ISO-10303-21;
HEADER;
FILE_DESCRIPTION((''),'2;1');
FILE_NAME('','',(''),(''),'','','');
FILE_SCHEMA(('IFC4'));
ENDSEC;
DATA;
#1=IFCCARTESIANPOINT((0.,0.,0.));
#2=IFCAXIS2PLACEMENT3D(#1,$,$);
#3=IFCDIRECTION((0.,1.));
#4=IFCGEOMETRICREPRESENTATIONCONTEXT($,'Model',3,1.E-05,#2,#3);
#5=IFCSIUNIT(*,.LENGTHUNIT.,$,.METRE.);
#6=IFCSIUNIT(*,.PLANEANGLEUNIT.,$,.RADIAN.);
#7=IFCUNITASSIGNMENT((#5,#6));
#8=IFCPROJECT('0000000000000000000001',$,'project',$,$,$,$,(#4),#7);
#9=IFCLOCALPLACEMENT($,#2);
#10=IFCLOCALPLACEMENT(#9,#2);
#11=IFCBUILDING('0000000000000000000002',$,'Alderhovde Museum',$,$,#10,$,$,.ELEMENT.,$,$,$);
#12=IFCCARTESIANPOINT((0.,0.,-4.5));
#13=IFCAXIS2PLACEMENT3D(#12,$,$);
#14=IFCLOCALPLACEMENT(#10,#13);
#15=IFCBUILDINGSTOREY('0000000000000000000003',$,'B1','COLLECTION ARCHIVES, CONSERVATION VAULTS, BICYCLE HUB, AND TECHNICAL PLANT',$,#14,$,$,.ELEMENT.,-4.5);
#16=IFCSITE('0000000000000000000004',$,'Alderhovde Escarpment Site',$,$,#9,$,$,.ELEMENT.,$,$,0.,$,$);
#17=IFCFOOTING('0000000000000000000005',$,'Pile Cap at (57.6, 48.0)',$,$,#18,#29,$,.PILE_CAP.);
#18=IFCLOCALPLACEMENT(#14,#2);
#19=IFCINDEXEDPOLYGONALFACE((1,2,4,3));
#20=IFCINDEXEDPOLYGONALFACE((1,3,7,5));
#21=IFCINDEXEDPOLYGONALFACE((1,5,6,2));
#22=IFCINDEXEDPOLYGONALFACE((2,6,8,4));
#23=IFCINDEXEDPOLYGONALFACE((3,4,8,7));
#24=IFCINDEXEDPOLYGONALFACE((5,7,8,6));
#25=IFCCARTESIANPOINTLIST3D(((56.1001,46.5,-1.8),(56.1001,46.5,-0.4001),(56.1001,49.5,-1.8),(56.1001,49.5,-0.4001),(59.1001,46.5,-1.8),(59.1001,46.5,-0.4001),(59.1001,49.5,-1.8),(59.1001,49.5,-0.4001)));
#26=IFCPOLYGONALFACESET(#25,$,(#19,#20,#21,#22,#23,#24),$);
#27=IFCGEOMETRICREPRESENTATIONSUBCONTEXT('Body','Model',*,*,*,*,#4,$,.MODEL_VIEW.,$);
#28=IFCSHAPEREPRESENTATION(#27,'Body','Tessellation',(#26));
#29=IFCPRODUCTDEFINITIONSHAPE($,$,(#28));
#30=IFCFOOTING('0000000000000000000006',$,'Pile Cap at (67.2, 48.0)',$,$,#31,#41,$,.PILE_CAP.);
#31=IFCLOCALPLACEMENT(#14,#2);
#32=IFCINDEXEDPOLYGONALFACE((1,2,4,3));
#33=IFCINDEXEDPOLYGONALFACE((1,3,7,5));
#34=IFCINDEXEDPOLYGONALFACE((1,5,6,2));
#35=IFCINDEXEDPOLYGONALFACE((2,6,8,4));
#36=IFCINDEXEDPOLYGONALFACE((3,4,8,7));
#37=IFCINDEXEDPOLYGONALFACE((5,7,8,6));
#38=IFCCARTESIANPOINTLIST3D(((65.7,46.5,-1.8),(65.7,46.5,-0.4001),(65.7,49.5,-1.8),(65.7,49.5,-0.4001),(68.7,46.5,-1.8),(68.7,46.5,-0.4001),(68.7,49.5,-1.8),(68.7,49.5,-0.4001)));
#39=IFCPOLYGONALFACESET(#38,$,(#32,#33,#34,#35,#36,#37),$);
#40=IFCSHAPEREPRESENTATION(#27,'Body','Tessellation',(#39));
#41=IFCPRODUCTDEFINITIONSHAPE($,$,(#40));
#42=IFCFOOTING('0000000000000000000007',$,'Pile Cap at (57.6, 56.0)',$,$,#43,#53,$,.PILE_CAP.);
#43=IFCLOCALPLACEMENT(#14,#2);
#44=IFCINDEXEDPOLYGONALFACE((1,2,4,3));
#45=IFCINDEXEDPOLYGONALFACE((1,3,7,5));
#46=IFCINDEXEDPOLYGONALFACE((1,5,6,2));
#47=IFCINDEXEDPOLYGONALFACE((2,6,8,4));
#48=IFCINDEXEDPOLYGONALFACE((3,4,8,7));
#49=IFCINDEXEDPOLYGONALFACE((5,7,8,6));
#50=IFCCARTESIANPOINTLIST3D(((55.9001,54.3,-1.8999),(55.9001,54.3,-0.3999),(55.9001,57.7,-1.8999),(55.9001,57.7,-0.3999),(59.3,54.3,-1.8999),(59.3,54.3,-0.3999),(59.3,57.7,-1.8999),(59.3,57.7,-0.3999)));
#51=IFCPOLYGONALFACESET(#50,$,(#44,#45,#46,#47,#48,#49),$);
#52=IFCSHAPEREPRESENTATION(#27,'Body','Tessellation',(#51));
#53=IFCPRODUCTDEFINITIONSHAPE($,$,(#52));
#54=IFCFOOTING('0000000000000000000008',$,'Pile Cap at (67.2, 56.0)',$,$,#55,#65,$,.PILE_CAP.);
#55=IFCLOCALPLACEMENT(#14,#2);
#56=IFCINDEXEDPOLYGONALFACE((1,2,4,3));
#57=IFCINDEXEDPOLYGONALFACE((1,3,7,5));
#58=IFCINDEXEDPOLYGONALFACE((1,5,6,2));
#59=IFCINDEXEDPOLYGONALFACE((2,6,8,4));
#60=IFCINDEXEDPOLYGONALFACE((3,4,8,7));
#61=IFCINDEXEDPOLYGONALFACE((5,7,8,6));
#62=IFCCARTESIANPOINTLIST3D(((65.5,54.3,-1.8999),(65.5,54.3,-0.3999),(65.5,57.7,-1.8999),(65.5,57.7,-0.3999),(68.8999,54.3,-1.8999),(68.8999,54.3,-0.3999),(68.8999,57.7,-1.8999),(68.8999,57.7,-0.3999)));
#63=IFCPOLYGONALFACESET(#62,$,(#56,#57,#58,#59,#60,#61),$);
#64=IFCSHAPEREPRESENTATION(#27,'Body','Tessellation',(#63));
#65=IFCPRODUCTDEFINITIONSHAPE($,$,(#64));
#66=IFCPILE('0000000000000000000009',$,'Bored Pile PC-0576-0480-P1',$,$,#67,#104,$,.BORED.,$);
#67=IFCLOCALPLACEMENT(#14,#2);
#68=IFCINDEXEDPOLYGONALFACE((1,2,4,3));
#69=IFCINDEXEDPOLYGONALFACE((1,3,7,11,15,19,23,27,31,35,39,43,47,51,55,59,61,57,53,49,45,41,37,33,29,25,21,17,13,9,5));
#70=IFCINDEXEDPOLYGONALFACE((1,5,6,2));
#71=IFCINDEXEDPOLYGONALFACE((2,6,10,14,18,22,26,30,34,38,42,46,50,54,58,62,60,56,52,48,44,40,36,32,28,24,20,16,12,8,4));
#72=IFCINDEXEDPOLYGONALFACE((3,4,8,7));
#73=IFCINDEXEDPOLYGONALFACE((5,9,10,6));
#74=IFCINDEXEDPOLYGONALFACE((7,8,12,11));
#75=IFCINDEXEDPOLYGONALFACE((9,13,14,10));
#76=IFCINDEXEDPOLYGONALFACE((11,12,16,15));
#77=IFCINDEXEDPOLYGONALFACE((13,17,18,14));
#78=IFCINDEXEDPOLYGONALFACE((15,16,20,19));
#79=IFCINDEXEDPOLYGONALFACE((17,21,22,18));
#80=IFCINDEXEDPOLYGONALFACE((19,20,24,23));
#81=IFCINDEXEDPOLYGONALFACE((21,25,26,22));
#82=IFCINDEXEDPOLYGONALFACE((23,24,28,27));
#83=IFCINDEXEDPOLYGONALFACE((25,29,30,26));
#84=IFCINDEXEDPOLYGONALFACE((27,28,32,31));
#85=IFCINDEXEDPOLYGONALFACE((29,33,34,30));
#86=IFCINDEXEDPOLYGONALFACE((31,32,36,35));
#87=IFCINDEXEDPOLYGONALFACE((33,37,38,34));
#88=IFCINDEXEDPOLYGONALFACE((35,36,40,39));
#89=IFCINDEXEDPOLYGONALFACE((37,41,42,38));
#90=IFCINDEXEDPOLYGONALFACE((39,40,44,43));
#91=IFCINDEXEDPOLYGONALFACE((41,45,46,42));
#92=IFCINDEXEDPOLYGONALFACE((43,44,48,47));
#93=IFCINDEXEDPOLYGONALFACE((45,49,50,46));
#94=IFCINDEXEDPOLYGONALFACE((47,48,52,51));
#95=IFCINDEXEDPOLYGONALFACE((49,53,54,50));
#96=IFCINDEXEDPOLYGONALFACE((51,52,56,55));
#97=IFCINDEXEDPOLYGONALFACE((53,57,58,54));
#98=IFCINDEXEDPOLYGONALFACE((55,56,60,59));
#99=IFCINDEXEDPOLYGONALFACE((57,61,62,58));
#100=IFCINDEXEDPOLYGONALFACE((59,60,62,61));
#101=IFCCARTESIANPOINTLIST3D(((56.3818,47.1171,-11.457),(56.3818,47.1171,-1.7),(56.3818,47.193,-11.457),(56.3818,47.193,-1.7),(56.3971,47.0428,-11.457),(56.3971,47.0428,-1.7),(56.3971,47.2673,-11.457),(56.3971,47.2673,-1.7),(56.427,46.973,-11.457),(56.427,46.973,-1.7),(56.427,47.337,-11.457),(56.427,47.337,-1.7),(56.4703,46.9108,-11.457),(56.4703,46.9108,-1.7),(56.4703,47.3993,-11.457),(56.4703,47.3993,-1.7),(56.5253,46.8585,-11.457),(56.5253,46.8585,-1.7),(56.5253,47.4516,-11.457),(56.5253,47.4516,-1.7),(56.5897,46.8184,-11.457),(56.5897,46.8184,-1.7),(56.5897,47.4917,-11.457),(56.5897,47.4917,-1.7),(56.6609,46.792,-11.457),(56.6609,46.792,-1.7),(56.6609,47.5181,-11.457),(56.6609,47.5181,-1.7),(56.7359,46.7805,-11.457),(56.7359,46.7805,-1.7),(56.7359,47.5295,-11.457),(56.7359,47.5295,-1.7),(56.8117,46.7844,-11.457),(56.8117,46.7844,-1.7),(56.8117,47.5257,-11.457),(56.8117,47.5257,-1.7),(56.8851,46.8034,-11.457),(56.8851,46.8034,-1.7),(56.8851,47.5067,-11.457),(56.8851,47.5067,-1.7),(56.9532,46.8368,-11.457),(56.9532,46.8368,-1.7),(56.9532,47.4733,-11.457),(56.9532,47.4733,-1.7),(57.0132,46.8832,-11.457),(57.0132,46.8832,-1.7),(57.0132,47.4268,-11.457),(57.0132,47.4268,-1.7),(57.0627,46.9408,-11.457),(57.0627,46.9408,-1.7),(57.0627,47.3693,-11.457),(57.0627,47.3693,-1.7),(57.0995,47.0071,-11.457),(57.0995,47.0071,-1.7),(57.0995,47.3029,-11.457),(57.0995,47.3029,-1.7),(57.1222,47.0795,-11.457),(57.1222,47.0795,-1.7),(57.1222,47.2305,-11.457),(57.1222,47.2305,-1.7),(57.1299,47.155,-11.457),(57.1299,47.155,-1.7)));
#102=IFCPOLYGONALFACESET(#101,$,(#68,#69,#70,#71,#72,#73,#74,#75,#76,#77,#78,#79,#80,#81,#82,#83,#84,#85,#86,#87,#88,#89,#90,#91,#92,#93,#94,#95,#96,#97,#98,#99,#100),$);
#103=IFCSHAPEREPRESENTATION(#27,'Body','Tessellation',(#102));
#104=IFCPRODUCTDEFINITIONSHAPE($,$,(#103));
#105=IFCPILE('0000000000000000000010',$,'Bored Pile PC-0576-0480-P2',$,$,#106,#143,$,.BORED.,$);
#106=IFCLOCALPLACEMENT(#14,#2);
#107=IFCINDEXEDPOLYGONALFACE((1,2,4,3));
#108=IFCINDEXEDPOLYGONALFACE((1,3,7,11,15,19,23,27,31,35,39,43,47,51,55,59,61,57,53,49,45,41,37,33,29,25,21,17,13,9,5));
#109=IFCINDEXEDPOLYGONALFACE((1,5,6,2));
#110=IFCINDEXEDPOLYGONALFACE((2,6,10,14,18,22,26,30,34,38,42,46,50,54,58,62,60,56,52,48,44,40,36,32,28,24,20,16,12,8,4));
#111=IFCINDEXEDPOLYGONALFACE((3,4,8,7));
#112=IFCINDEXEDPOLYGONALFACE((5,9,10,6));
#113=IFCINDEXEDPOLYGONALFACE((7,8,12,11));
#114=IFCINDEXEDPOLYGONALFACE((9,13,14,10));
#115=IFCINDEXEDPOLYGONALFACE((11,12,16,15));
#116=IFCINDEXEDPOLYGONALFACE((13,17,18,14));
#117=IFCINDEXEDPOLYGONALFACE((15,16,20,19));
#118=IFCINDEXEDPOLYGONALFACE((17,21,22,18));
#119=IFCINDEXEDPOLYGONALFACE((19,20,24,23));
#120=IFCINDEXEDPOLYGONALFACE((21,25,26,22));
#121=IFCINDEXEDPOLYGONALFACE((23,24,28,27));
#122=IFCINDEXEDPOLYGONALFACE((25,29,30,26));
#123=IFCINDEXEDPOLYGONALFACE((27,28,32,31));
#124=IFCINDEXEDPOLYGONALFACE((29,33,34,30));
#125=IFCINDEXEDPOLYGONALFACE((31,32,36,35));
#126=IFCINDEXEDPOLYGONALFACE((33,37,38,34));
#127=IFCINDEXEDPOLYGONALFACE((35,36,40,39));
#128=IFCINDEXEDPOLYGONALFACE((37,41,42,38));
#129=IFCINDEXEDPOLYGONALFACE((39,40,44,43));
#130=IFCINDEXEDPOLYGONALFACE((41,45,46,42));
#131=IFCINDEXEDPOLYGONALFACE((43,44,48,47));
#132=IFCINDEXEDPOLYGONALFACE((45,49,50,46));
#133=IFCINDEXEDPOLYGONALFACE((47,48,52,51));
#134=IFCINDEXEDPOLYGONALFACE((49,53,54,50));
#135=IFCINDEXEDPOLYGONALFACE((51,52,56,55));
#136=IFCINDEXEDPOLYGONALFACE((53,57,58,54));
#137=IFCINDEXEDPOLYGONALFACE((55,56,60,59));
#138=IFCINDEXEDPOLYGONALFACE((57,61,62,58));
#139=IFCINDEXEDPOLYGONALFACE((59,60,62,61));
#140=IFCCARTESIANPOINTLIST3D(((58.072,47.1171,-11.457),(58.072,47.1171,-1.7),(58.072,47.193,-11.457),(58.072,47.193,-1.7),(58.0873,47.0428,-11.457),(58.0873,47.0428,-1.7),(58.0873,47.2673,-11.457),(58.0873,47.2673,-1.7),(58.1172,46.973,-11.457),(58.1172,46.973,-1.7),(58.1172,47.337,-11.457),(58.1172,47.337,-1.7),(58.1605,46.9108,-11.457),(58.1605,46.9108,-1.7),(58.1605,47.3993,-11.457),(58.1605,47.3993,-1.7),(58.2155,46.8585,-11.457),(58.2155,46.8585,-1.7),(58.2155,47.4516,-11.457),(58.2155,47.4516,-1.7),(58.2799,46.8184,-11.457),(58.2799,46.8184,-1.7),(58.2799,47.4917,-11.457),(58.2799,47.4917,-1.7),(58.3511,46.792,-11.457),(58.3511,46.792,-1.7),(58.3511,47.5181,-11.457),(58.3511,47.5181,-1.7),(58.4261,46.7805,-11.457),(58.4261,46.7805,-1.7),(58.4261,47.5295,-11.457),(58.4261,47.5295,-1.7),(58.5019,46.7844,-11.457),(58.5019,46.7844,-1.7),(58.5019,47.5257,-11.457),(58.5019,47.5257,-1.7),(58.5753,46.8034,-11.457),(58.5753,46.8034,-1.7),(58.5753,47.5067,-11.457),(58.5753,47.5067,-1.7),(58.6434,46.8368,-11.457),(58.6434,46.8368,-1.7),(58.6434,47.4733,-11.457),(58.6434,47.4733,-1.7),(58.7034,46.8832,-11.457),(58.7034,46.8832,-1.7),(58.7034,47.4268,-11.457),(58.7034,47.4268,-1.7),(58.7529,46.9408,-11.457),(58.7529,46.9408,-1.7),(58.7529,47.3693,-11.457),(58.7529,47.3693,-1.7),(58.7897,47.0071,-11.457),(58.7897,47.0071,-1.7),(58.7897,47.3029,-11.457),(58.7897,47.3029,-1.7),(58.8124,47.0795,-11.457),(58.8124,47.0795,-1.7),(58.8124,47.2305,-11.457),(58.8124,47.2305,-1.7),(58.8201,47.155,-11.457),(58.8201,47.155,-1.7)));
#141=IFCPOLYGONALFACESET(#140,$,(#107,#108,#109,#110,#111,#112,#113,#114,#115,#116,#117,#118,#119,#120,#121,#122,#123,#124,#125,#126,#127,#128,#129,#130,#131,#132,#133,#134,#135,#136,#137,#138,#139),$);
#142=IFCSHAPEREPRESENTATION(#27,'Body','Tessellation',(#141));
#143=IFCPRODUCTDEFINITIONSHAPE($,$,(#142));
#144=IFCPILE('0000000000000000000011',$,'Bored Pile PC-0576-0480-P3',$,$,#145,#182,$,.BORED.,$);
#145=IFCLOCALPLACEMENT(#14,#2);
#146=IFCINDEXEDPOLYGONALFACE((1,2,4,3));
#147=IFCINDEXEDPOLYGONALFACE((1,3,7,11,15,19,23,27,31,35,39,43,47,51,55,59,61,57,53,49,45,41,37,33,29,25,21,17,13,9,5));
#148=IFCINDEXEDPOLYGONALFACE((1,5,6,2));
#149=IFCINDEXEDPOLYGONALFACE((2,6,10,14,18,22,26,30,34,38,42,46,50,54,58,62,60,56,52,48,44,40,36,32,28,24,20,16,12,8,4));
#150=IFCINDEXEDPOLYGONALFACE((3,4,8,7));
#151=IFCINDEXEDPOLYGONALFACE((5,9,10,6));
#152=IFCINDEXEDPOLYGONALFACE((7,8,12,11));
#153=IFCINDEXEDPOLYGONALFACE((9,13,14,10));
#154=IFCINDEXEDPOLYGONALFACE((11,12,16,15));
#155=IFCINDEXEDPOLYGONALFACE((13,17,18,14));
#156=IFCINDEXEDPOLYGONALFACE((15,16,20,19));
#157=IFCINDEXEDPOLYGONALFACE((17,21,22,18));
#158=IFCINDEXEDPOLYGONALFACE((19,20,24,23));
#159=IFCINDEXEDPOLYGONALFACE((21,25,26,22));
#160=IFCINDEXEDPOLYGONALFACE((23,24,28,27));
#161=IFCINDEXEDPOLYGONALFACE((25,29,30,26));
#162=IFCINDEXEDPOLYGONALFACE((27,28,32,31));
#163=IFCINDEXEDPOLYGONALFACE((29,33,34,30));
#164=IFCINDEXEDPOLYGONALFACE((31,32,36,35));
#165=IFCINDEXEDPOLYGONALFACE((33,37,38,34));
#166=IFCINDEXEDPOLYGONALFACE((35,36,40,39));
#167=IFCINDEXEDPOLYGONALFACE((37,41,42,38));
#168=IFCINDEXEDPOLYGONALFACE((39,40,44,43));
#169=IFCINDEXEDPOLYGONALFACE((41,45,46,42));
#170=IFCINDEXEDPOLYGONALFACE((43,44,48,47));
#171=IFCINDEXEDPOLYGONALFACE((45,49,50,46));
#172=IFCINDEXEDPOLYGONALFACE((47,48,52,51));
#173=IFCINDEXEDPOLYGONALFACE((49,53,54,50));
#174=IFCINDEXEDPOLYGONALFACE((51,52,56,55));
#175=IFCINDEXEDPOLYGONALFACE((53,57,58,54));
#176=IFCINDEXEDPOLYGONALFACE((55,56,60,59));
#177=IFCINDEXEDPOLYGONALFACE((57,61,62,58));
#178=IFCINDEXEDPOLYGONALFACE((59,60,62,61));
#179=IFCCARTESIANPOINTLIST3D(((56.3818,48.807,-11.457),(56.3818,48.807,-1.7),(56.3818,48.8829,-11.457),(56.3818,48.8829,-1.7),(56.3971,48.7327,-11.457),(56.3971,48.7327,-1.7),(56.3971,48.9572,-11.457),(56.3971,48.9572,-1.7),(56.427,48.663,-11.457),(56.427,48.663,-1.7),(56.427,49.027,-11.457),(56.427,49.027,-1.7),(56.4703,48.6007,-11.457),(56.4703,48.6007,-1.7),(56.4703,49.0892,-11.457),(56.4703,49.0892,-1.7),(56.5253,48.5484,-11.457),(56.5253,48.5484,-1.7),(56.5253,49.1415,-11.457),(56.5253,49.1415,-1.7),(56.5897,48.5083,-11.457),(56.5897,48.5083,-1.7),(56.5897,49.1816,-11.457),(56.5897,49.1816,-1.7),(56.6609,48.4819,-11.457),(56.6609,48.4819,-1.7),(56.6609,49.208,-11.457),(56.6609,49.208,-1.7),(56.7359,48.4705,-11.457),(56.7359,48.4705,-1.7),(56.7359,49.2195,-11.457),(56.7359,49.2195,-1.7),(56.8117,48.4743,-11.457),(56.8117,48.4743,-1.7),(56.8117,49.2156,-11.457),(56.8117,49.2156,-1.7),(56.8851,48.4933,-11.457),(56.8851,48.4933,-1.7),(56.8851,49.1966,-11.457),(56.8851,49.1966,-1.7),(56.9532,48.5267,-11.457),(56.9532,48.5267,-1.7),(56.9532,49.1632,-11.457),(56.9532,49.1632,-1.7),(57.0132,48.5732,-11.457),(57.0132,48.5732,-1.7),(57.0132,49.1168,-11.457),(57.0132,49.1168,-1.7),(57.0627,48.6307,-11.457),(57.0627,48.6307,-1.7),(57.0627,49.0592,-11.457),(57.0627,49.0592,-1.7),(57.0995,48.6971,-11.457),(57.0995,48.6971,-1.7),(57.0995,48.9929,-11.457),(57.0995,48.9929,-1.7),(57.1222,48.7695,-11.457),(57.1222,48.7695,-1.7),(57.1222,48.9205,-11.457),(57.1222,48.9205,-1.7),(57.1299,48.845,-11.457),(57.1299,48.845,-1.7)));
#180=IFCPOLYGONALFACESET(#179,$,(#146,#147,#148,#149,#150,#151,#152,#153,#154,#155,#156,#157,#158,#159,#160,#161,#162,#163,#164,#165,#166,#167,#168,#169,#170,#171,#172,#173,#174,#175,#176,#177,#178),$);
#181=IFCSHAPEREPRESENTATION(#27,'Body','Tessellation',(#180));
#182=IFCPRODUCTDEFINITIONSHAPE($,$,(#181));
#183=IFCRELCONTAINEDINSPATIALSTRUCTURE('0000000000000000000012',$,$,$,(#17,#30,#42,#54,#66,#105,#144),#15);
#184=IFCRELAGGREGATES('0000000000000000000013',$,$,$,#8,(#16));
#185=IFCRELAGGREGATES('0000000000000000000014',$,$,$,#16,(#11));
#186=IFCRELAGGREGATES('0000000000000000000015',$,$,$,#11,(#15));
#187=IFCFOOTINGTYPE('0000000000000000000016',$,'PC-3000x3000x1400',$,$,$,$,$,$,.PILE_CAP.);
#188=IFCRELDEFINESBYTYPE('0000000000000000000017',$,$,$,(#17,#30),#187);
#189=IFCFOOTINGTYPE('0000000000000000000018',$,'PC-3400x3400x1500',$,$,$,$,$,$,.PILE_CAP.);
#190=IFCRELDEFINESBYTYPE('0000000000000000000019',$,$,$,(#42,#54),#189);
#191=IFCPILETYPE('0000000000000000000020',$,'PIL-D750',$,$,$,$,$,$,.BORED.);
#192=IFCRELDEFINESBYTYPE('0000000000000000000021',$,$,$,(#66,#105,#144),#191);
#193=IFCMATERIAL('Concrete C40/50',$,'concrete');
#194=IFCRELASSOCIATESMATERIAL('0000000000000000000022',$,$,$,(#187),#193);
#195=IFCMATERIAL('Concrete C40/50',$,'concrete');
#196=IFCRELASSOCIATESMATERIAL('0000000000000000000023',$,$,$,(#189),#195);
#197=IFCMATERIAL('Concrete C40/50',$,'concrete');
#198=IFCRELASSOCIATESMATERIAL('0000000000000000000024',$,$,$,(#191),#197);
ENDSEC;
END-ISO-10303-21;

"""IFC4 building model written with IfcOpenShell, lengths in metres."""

from ifc_helpers import new_model, si_unit, direction, frame, origin, origin_2d, place, context, subcontext, project, spatial, rectangle, circle, extrude, material, material_profile, profile_set, type_object, element, save


model = new_model("IFC4")

# Units and contexts
model_context = context("Model", 3, precision=1e-05, world=origin(), true_north=direction((0.0, 1.0)))
body_context = subcontext(model_context, "Body", "Model", "MODEL_VIEW")
ifc_project = project(units=[si_unit("LENGTHUNIT", "METRE"), si_unit("PLANEANGLEUNIT", "RADIAN")], contexts=[model_context])

# Site, building, storey
site_placement = place(None, origin())
site = spatial("IfcSite", under=ifc_project, at=site_placement, Name="Alderhovde Escarpment Site", CompositionType="ELEMENT", RefElevation=0.0)
building_placement = place(site_placement, origin())
building = spatial("IfcBuilding", under=site, at=building_placement, Name="Alderhovde Museum", CompositionType="ELEMENT")
storey_placement = place(building_placement, frame((0.0, 0.0, -4.5)))
storey = spatial("IfcBuildingStorey", under=building, at=storey_placement, Name="B1", Description="COLLECTION ARCHIVES, CONSERVATION VAULTS, BICYCLE HUB, AND TECHNICAL PLANT", CompositionType="ELEMENT", Elevation=-4.5)

# Footings
ifc_material_1 = material(Name="Concrete C40/50", Category="concrete")
footing_type_1 = type_object("IfcFootingType", Name="PC-3000x3000x1400", PredefinedType="PILE_CAP", material=ifc_material_1)
for number, where, z_axis, x_axis, name in (
    (1, (57.6001, 48.0, -1.8), (0.0, 0.0, 1.0), (1.0, 0.0, 0.0), "Pile Cap at (57.6, 48.0)"),
    (2, (67.2, 48.0, -1.8), (0.0, 0.0, 1.0), (1.0, 0.0, 0.0), "Pile Cap at (67.2, 48.0)"),
):
    element("IfcFooting", number, at=place(storey_placement, frame(where, z_axis=z_axis, x_axis=x_axis)), inside=storey, type_object=footing_type_1, Name=name, PredefinedType="PILE_CAP", context=body_context, shape_type="SweptSolid", body=[
        extrude(rectangle(XDim=3.0, YDim=3.0, at=origin_2d()), origin(), (0.0, 0.0, 1.0), 1.3999),
    ])
ifc_material_2 = material(Name="Concrete C40/50", Category="concrete")
footing_type_2 = type_object("IfcFootingType", Name="PC-3400x3400x1500", PredefinedType="PILE_CAP", material=ifc_material_2)
for number, where, z_axis, x_axis, name in (
    (3, (57.6001, 56.0, -1.8999), (0.0, 0.0, 1.0), (1.0, 0.0, 0.0), "Pile Cap at (57.6, 56.0)"),
    (4, (67.2, 56.0, -1.8999), (0.0, 0.0, 1.0), (1.0, 0.0, 0.0), "Pile Cap at (67.2, 56.0)"),
):
    element("IfcFooting", number, at=place(storey_placement, frame(where, z_axis=z_axis, x_axis=x_axis)), inside=storey, type_object=footing_type_2, Name=name, PredefinedType="PILE_CAP", context=body_context, shape_type="SweptSolid", body=[
        extrude(rectangle(XDim=3.3999, YDim=3.3999, at=origin_2d()), origin(), (0.0, 0.0, 1.0), 1.5),
    ])

# Piles
ifc_material_3 = material(Name="Concrete C40/50", Category="concrete")
ifc_material_profile_1 = material_profile(ifc_material_3, circle(Radius=0.375, at=origin_2d()), Name="PILE-D750")
ifc_profile_set_1 = profile_set([ifc_material_profile_1], Name="Concrete C40/50")
pile_type_1 = type_object("IfcPileType", Name="PIL-D750", PredefinedType="BORED", material=ifc_profile_set_1)
for number, where, z_axis, x_axis, name in (
    (5, (56.7549, 47.155, -1.7), (0.0, 0.0, -1.0), (1.0, 0.0, 0.0), "Bored Pile PC-0576-0480-P1"),
    (6, (58.4451, 47.155, -1.7), (0.0, 0.0, -1.0), (1.0, 0.0, 0.0), "Bored Pile PC-0576-0480-P2"),
    (7, (56.7549, 48.845, -1.7), (0.0, 0.0, -1.0), (1.0, 0.0, 0.0), "Bored Pile PC-0576-0480-P3"),
):
    element("IfcPile", number, at=place(storey_placement, frame(where, z_axis=z_axis, x_axis=x_axis)), inside=storey, type_object=pile_type_1, Name=name, PredefinedType="BORED", context=body_context, shape_type="SweptSolid", body=[
        extrude(circle(Radius=0.375, at=origin_2d()), origin(), (0.0, 0.0, 1.0), 9.7571),
    ])

save(model, "model.ifc")
